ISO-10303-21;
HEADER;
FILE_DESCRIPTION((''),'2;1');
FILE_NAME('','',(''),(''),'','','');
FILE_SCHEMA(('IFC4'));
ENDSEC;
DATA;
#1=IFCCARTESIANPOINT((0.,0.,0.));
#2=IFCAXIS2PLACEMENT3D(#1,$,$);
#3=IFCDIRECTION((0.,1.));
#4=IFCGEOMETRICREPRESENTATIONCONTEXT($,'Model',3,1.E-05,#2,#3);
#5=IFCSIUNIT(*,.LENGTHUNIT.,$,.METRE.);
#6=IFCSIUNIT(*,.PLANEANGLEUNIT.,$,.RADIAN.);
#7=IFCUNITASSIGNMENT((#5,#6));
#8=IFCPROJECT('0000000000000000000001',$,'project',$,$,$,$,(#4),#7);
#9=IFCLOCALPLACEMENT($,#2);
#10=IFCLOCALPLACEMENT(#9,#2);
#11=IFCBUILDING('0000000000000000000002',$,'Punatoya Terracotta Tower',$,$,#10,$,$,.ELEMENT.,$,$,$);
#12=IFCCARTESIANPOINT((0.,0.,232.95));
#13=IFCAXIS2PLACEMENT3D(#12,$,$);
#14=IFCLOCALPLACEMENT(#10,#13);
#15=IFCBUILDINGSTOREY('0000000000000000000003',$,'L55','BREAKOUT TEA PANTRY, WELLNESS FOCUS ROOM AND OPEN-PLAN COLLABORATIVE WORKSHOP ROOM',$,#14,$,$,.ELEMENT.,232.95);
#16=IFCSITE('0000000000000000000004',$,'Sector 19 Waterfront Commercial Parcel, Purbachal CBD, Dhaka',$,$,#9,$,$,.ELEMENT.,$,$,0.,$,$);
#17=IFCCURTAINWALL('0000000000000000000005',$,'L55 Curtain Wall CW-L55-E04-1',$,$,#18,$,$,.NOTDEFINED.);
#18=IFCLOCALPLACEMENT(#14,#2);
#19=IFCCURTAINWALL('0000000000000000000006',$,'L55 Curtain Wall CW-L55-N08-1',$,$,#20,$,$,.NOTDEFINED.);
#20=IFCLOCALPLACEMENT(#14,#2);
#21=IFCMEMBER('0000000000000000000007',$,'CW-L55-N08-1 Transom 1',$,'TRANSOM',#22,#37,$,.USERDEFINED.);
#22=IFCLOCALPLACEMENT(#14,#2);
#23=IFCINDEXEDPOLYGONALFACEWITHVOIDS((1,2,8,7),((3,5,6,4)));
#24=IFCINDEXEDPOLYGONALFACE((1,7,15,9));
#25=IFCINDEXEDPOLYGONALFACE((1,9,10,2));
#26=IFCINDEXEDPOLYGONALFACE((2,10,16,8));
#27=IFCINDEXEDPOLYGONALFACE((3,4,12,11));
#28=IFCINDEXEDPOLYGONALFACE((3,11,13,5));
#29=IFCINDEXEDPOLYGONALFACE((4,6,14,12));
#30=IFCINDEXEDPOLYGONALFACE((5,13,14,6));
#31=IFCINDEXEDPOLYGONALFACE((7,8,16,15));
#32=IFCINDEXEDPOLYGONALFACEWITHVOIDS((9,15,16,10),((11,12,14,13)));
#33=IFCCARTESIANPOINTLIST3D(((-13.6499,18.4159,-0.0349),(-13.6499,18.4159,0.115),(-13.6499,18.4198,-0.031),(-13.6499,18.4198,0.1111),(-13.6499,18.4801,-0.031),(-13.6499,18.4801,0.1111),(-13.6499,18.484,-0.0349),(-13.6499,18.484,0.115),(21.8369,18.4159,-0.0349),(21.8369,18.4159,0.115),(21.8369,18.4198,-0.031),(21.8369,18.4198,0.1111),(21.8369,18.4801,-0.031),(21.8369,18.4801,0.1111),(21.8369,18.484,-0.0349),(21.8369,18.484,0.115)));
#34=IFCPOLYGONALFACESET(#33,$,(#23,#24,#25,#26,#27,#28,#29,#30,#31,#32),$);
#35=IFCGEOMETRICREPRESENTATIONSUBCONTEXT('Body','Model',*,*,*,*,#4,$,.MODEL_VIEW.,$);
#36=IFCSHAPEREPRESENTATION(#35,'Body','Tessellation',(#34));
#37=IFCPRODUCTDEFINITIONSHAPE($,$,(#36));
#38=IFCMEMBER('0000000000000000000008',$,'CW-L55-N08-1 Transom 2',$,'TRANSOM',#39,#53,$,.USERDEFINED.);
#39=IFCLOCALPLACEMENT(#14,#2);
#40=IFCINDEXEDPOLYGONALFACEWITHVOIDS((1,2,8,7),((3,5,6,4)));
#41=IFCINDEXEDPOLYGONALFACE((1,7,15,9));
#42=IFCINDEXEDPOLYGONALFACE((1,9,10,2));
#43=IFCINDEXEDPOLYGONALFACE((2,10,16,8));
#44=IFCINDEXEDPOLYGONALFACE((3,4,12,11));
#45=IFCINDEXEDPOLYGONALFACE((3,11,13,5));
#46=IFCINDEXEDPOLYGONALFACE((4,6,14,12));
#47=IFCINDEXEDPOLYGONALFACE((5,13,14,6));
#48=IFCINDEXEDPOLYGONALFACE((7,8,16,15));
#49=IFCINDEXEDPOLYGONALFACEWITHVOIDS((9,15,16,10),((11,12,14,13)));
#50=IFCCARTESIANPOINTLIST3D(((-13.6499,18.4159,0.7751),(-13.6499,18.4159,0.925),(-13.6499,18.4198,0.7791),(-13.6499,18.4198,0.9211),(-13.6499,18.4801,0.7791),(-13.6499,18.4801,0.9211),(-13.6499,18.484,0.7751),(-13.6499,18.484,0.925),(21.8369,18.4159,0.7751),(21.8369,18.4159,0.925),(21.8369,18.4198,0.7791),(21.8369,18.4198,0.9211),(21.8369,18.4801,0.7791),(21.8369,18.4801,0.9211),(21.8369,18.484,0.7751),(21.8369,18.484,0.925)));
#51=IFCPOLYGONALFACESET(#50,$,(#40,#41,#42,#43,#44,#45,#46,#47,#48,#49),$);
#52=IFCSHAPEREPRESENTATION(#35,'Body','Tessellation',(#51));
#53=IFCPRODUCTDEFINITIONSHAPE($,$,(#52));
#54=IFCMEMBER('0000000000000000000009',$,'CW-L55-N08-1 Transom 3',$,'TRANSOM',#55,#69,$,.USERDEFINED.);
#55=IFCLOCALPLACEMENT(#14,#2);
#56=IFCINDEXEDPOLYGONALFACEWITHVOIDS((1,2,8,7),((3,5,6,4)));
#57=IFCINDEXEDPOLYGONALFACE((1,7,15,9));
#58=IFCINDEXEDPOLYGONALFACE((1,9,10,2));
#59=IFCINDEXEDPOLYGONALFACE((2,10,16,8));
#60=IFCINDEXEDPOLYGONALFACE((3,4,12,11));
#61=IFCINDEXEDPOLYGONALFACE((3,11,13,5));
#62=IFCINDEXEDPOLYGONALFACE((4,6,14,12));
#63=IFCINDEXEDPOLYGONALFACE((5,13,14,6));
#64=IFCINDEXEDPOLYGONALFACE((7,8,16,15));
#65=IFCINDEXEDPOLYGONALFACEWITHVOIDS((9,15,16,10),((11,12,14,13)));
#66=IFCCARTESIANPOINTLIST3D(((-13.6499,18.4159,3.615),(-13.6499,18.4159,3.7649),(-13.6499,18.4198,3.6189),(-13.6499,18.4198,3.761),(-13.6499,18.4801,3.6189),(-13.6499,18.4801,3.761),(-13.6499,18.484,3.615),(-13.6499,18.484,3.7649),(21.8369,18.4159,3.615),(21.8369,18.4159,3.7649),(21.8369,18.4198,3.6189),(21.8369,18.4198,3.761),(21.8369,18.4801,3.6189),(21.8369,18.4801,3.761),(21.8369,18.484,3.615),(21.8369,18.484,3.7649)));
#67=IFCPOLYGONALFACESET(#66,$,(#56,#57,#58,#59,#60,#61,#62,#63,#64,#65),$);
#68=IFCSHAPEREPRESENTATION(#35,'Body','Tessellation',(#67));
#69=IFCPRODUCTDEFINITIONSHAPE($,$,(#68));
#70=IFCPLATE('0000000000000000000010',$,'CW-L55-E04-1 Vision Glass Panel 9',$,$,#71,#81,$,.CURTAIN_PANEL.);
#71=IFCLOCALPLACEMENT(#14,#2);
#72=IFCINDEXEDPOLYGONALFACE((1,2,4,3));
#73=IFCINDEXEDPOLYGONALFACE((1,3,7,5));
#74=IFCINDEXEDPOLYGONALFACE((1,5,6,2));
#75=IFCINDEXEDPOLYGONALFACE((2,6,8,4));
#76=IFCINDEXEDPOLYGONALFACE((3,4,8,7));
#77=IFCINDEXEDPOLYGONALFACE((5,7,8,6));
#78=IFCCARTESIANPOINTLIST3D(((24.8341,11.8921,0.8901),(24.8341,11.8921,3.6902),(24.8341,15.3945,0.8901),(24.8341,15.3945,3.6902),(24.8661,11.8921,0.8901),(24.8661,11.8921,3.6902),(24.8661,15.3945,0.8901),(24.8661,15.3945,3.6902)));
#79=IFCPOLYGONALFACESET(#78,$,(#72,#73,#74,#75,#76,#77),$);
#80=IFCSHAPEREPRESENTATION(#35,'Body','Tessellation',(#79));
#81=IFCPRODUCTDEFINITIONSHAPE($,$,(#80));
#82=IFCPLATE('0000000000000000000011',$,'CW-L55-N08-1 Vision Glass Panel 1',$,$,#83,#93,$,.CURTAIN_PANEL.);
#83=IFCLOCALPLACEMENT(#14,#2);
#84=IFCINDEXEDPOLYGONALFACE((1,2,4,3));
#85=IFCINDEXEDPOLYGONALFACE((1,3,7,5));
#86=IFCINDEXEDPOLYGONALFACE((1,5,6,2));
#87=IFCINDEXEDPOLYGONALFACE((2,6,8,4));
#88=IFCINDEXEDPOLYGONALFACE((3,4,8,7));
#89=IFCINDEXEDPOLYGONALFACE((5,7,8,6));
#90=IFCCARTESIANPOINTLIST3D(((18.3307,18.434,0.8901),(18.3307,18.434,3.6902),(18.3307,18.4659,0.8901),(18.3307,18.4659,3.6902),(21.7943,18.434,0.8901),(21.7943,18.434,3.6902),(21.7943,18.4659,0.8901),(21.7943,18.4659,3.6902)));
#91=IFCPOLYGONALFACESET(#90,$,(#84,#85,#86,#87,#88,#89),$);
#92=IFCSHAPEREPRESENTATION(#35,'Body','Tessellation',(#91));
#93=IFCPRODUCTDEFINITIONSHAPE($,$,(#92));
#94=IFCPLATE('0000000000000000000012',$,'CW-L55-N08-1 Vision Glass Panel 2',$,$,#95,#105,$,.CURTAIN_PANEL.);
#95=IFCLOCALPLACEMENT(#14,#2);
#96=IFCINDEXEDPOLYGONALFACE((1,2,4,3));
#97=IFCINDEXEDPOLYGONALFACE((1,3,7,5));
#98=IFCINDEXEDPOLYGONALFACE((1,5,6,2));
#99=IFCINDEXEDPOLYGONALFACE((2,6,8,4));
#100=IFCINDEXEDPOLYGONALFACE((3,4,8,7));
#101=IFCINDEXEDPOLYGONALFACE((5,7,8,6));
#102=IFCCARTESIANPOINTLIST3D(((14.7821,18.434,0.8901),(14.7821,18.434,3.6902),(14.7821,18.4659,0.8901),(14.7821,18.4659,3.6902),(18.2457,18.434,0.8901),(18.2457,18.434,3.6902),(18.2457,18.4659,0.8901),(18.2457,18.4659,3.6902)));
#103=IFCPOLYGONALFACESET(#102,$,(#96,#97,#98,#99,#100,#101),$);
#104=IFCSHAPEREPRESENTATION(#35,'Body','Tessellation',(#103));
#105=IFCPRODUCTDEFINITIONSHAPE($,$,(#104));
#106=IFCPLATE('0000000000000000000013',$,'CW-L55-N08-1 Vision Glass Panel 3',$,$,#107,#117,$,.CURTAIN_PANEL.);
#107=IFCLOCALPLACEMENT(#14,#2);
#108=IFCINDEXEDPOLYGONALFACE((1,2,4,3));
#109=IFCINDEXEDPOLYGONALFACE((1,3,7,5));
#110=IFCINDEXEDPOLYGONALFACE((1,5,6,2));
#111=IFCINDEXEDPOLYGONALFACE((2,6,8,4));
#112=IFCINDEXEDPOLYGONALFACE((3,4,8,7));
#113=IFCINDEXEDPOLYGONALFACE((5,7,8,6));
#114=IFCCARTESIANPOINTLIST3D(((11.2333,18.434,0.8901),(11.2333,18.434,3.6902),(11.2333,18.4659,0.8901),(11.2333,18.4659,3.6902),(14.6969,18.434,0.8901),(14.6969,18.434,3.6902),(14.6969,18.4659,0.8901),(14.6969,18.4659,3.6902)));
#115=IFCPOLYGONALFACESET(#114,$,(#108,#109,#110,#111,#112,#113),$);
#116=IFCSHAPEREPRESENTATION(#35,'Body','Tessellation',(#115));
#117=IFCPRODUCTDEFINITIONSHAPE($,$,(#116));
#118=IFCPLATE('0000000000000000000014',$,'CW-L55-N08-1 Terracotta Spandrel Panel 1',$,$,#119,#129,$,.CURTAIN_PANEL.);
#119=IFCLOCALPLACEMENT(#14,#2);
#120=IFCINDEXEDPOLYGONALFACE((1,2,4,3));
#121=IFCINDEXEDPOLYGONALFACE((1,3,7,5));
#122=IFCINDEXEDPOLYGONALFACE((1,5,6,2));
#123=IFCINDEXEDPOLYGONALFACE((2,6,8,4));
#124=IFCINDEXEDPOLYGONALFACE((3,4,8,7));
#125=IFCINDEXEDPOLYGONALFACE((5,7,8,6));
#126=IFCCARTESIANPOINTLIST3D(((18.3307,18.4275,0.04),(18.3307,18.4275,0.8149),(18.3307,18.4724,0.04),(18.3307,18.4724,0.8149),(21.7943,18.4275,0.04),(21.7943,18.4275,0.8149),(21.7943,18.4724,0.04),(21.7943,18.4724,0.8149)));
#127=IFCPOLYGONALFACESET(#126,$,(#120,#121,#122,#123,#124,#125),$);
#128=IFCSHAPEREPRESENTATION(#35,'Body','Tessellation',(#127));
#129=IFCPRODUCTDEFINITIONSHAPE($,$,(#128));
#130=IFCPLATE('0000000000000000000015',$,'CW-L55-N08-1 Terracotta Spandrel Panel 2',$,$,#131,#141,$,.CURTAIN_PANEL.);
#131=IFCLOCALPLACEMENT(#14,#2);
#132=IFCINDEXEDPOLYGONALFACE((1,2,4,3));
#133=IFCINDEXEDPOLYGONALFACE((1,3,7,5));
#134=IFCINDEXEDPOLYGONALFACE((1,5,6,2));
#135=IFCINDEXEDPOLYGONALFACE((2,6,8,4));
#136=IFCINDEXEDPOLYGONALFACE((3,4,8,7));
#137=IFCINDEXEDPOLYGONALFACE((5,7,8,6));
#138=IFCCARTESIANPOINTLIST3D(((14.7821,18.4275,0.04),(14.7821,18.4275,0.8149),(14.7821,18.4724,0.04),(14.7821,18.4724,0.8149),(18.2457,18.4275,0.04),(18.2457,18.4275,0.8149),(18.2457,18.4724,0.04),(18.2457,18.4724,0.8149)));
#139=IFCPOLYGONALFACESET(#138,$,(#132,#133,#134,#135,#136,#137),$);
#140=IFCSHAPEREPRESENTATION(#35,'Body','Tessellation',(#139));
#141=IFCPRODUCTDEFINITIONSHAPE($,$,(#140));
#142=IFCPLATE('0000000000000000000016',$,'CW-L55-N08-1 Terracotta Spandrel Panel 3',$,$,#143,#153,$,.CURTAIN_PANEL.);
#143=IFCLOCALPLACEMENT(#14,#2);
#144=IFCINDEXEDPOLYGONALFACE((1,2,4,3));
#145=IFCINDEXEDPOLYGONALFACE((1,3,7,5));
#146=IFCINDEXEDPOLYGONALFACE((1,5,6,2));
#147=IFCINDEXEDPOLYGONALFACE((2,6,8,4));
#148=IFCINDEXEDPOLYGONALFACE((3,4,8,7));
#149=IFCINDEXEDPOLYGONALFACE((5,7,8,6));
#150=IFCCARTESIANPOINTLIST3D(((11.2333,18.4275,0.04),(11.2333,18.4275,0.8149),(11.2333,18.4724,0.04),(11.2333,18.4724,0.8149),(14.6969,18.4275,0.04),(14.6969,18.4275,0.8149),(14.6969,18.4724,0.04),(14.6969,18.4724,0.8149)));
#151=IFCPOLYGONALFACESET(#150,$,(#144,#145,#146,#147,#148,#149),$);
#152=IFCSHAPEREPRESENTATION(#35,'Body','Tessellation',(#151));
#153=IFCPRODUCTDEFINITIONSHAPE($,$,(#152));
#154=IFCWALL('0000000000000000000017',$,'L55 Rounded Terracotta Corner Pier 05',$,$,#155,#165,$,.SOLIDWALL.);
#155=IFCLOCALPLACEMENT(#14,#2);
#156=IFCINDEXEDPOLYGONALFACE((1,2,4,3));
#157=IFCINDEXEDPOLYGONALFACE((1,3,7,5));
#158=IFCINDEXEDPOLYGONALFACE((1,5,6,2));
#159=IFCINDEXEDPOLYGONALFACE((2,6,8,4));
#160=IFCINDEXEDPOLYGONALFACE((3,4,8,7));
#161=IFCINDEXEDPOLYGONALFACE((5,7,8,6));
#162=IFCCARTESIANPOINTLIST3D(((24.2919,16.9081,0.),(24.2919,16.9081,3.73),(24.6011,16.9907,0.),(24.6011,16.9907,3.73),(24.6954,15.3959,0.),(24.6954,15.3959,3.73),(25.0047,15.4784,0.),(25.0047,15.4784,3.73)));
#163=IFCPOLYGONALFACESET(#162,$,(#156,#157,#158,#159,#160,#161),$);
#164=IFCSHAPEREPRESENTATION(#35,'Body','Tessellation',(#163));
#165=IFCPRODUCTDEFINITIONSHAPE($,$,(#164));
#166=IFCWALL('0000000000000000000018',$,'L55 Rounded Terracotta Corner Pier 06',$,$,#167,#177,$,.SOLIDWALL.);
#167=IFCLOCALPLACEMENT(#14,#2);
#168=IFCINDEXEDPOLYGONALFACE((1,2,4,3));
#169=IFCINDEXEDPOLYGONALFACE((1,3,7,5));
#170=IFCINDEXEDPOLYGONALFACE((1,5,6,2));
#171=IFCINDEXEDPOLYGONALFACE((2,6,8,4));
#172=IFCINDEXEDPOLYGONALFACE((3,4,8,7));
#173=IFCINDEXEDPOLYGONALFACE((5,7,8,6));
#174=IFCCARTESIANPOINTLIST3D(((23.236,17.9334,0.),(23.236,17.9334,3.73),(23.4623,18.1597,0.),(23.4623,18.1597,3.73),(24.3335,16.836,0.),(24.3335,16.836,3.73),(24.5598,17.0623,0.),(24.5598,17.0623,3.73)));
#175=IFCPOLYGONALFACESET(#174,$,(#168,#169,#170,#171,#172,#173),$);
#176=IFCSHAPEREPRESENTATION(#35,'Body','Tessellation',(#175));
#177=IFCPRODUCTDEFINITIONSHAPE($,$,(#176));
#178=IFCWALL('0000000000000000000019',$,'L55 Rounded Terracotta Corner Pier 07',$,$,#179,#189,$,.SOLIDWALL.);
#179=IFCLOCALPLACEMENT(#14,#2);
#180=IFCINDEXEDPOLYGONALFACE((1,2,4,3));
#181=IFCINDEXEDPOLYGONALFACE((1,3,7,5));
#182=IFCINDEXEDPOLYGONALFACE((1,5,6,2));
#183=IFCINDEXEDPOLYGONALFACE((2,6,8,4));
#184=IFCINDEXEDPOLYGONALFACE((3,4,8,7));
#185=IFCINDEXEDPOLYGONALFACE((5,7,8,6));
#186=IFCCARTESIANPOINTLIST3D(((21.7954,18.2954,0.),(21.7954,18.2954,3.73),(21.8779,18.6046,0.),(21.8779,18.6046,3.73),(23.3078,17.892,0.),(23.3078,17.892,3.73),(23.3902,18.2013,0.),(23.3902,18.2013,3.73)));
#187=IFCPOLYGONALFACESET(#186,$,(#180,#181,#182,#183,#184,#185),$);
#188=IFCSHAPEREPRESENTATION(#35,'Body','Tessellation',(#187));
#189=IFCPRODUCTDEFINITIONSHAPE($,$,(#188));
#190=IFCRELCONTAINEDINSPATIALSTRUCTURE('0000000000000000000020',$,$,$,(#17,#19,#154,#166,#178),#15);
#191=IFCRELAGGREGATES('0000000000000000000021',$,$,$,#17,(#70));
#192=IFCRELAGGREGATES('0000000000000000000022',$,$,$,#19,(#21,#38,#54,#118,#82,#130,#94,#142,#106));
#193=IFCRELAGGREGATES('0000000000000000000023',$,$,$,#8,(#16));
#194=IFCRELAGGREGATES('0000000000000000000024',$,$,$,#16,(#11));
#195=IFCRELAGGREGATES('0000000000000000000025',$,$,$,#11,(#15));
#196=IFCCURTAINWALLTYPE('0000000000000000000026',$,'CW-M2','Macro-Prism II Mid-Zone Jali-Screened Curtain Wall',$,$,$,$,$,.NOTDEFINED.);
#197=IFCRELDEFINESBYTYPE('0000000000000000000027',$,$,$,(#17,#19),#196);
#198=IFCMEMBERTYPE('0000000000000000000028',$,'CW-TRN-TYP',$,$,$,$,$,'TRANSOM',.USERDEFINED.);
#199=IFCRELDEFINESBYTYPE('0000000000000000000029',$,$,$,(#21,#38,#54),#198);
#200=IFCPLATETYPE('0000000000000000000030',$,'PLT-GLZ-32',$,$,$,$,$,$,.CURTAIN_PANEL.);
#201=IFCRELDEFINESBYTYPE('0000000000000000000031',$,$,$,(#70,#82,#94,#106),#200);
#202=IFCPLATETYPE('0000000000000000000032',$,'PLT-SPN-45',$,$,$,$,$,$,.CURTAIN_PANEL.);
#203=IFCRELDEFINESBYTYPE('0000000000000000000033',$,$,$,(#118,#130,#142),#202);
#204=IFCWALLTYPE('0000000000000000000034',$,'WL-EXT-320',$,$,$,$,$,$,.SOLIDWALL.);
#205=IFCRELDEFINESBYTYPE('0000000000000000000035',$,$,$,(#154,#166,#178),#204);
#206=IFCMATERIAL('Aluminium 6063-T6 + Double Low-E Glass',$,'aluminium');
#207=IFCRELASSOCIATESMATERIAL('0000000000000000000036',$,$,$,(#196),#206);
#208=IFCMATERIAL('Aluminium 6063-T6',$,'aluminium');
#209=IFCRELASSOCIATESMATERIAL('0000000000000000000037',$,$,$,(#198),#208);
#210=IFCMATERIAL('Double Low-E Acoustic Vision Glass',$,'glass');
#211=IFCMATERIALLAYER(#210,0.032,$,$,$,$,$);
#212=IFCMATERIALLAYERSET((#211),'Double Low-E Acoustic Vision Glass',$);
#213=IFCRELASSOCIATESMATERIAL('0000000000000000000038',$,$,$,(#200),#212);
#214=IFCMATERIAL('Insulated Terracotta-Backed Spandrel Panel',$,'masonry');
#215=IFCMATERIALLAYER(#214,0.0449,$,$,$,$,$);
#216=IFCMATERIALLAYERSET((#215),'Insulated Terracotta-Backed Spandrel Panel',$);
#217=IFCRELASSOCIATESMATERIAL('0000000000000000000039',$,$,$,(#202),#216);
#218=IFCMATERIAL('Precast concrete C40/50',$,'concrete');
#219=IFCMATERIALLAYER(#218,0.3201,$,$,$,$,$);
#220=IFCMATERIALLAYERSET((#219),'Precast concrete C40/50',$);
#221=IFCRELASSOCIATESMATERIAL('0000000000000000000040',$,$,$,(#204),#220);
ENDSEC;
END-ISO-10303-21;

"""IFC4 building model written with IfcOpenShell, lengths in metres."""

from ifc_helpers import new_model, si_unit, direction, frame, frame_2d, origin, origin_2d, place, context, subcontext, project, spatial, rectangle, hollow_rectangle, extrude, material, layer, layer_set, material_profile, profile_set, type_object, element, aggregate, save


model = new_model("IFC4")

# Units and contexts
model_context = context("Model", 3, precision=1e-05, world=origin(), true_north=direction((0.0, 1.0)))
body_context = subcontext(model_context, "Body", "Model", "MODEL_VIEW")
ifc_project = project(units=[si_unit("LENGTHUNIT", "METRE"), si_unit("PLANEANGLEUNIT", "RADIAN")], contexts=[model_context])

# Site, building, storey
site_placement = place(None, origin())
site = spatial("IfcSite", under=ifc_project, at=site_placement, Name="Sector 19 Waterfront Commercial Parcel, Purbachal CBD, Dhaka", CompositionType="ELEMENT", RefElevation=0.0)
building_placement = place(site_placement, origin())
building = spatial("IfcBuilding", under=site, at=building_placement, Name="Punatoya Terracotta Tower", CompositionType="ELEMENT")
storey_placement = place(building_placement, frame((0.0, 0.0, 232.95)))
storey = spatial("IfcBuildingStorey", under=building, at=storey_placement, Name="L55", Description="BREAKOUT TEA PANTRY, WELLNESS FOCUS ROOM AND OPEN-PLAN COLLABORATIVE WORKSHOP ROOM", CompositionType="ELEMENT", Elevation=232.95)

# Curtain wall
ifc_material_1 = material(Name="Aluminium 6063-T6 + Double Low-E Glass", Category="aluminium")
curtain_wall_type = type_object("IfcCurtainWallType", Name="CW-M2", Description="Macro-Prism II Mid-Zone Jali-Screened Curtain Wall", PredefinedType="NOTDEFINED", material=ifc_material_1)
curtain_wall_1_placement = place(storey_placement, origin())
curtain_wall_1 = element("IfcCurtainWall", 1, at=curtain_wall_1_placement, inside=storey, type_object=curtain_wall_type, Name="L55 Curtain Wall CW-L55-E04-1", PredefinedType="NOTDEFINED")
ifc_material_2 = material(Name="Aluminium 6063-T6", Category="aluminium")

# Curtain wall, members
curtain_wall_2_placement = place(storey_placement, origin())
curtain_wall_2 = element("IfcCurtainWall", 2, at=curtain_wall_2_placement, inside=storey, type_object=curtain_wall_type, Name="L55 Curtain Wall CW-L55-N08-1", PredefinedType="NOTDEFINED")
ifc_material_profile_1 = material_profile(ifc_material_2, hollow_rectangle(XDim=0.0681, YDim=0.1499, WallThickness=0.0039, at=origin_2d()))
ifc_profile_set_1 = profile_set([ifc_material_profile_1], Name="Aluminium 6063-T6")
member_type_1 = type_object("IfcMemberType", Name="CW-TRN-TYP", ElementType="TRANSOM", PredefinedType="USERDEFINED", material=ifc_profile_set_1)
member_1_placement = place(storey_placement, frame((21.8369, 18.45, 0.04), z_axis=(-1.0, 0.0, 0.0), x_axis=(0.0, -1.0, 0.0)))
member_1 = element("IfcMember", 3, at=member_1_placement, type_object=member_type_1, Name="CW-L55-N08-1 Transom 1", ObjectType="TRANSOM", PredefinedType="USERDEFINED", context=body_context, shape_type="SweptSolid", body=[
    extrude(hollow_rectangle(XDim=0.0681, YDim=0.1499, WallThickness=0.0039, at=origin_2d()), origin(), (0.0, 0.0, 1.0), 35.4868),
])
member_2_placement = place(storey_placement, frame((21.8369, 18.45, 0.8501), z_axis=(-1.0, 0.0, 0.0), x_axis=(0.0, -1.0, 0.0)))
member_2 = element("IfcMember", 4, at=member_2_placement, type_object=member_type_1, Name="CW-L55-N08-1 Transom 2", ObjectType="TRANSOM", PredefinedType="USERDEFINED", context=body_context, shape_type="SweptSolid", body=[
    extrude(hollow_rectangle(XDim=0.0681, YDim=0.1499, WallThickness=0.0039, at=origin_2d()), origin(), (0.0, 0.0, 1.0), 35.4868),
])
member_3_placement = place(storey_placement, frame((21.8369, 18.45, 3.6899), z_axis=(-1.0, 0.0, 0.0), x_axis=(0.0, -1.0, 0.0)))
member_3 = element("IfcMember", 5, at=member_3_placement, type_object=member_type_1, Name="CW-L55-N08-1 Transom 3", ObjectType="TRANSOM", PredefinedType="USERDEFINED", context=body_context, shape_type="SweptSolid", body=[
    extrude(hollow_rectangle(XDim=0.0681, YDim=0.1499, WallThickness=0.0039, at=origin_2d()), origin(), (0.0, 0.0, 1.0), 35.4868),
])

# Plates
ifc_material_3 = material(Name="Double Low-E Acoustic Vision Glass", Category="glass")
ifc_layer_1 = layer(ifc_material_3, 0.032)
ifc_layer_set_1 = layer_set([ifc_layer_1], Name="Double Low-E Acoustic Vision Glass")
plate_type_1 = type_object("IfcPlateType", Name="PLT-GLZ-32", PredefinedType="CURTAIN_PANEL", material=ifc_layer_set_1)
plate_1_placement = place(storey_placement, frame((24.8501, 13.6433, 0.8901), z_axis=(0.0, 0.0, 1.0), x_axis=(0.0, 1.0, 0.0)))
plate_1 = element("IfcPlate", 6, at=plate_1_placement, type_object=plate_type_1, Name="CW-L55-E04-1 Vision Glass Panel 9", PredefinedType="CURTAIN_PANEL", context=body_context, shape_type="SweptSolid", body=[
    extrude(rectangle(XDim=3.5024, YDim=0.032, at=origin_2d()), origin(), (0.0, 0.0, 1.0), 2.8),
])
aggregate(curtain_wall_1, [plate_1])
plate_2_placement = place(storey_placement, frame((20.0625, 18.45, 0.8901), z_axis=(0.0, 0.0, 1.0), x_axis=(-1.0, 0.0, 0.0)))
plate_2 = element("IfcPlate", 7, at=plate_2_placement, type_object=plate_type_1, Name="CW-L55-N08-1 Vision Glass Panel 1", PredefinedType="CURTAIN_PANEL", context=body_context, shape_type="SweptSolid", body=[
    extrude(rectangle(XDim=3.4636, YDim=0.032, at=origin_2d()), origin(), (0.0, 0.0, 1.0), 2.8),
])
plate_3_placement = place(storey_placement, frame((16.5139, 18.45, 0.8901), z_axis=(0.0, 0.0, 1.0), x_axis=(-1.0, 0.0, 0.0)))
plate_3 = element("IfcPlate", 8, at=plate_3_placement, type_object=plate_type_1, Name="CW-L55-N08-1 Vision Glass Panel 2", PredefinedType="CURTAIN_PANEL", context=body_context, shape_type="SweptSolid", body=[
    extrude(rectangle(XDim=3.4636, YDim=0.032, at=origin_2d()), origin(), (0.0, 0.0, 1.0), 2.8),
])
plate_4_placement = place(storey_placement, frame((12.9651, 18.45, 0.8901), z_axis=(0.0, 0.0, 1.0), x_axis=(-1.0, 0.0, 0.0)))
plate_4 = element("IfcPlate", 9, at=plate_4_placement, type_object=plate_type_1, Name="CW-L55-N08-1 Vision Glass Panel 3", PredefinedType="CURTAIN_PANEL", context=body_context, shape_type="SweptSolid", body=[
    extrude(rectangle(XDim=3.4636, YDim=0.032, at=origin_2d()), origin(), (0.0, 0.0, 1.0), 2.8),
])
ifc_material_4 = material(Name="Insulated Terracotta-Backed Spandrel Panel", Category="masonry")
ifc_layer_2 = layer(ifc_material_4, 0.0449)
ifc_layer_set_2 = layer_set([ifc_layer_2], Name="Insulated Terracotta-Backed Spandrel Panel")
plate_type_2 = type_object("IfcPlateType", Name="PLT-SPN-45", PredefinedType="CURTAIN_PANEL", material=ifc_layer_set_2)
plate_5_placement = place(storey_placement, frame((20.0625, 18.45, 0.04), z_axis=(0.0, 0.0, 1.0), x_axis=(-1.0, 0.0, 0.0)))
plate_5 = element("IfcPlate", 10, at=plate_5_placement, type_object=plate_type_2, Name="CW-L55-N08-1 Terracotta Spandrel Panel 1", PredefinedType="CURTAIN_PANEL", context=body_context, shape_type="SweptSolid", body=[
    extrude(rectangle(XDim=3.4636, YDim=0.0449, at=origin_2d()), origin(), (0.0, 0.0, 1.0), 0.7749),
])
plate_6_placement = place(storey_placement, frame((16.5139, 18.45, 0.04), z_axis=(0.0, 0.0, 1.0), x_axis=(-1.0, 0.0, 0.0)))
plate_6 = element("IfcPlate", 11, at=plate_6_placement, type_object=plate_type_2, Name="CW-L55-N08-1 Terracotta Spandrel Panel 2", PredefinedType="CURTAIN_PANEL", context=body_context, shape_type="SweptSolid", body=[
    extrude(rectangle(XDim=3.4636, YDim=0.0449, at=origin_2d()), origin(), (0.0, 0.0, 1.0), 0.7749),
])
plate_7_placement = place(storey_placement, frame((12.9651, 18.45, 0.04), z_axis=(0.0, 0.0, 1.0), x_axis=(-1.0, 0.0, 0.0)))
plate_7 = element("IfcPlate", 12, at=plate_7_placement, type_object=plate_type_2, Name="CW-L55-N08-1 Terracotta Spandrel Panel 3", PredefinedType="CURTAIN_PANEL", context=body_context, shape_type="SweptSolid", body=[
    extrude(rectangle(XDim=3.4636, YDim=0.0449, at=origin_2d()), origin(), (0.0, 0.0, 1.0), 0.7749),
])
aggregate(curtain_wall_2, [member_1, member_2, member_3, plate_5, plate_2, plate_6, plate_3, plate_7, plate_4])

# Walls
ifc_material_5 = material(Name="Precast concrete C40/50", Category="concrete")
ifc_layer_3 = layer(ifc_material_5, 0.3201)
ifc_layer_set_3 = layer_set([ifc_layer_3], Name="Precast concrete C40/50")
wall_type = type_object("IfcWallType", Name="WL-EXT-320", PredefinedType="SOLIDWALL", material=ifc_layer_set_3)
wall_1_placement = place(storey_placement, frame((24.8501, 15.437, 0.0), z_axis=(0.0, 0.0, 1.0), x_axis=(-0.257847, 0.966186, 0.0)))
element("IfcWall", 13, at=wall_1_placement, inside=storey, type_object=wall_type, Name="L55 Rounded Terracotta Corner Pier 05", PredefinedType="SOLIDWALL", context=body_context, shape_type="SweptSolid", body=[
    extrude(rectangle(XDim=1.5652, YDim=0.3201, at=frame_2d((0.7827, 0.0))), origin(), (0.0, 0.0, 1.0), 3.73),
])
wall_2_placement = place(storey_placement, frame((24.4465, 16.9492, 0.0), z_axis=(0.0, 0.0, 1.0), x_axis=(-0.707107, 0.707107, 0.0)))
element("IfcWall", 14, at=wall_2_placement, inside=storey, type_object=wall_type, Name="L55 Rounded Terracotta Corner Pier 06", PredefinedType="SOLIDWALL", context=body_context, shape_type="SweptSolid", body=[
    extrude(rectangle(XDim=1.552, YDim=0.3201, at=frame_2d((0.7759, 0.0))), origin(), (0.0, 0.0, 1.0), 3.73),
])
wall_3_placement = place(storey_placement, frame((23.3491, 18.0466, 0.0), z_axis=(0.0, 0.0, 1.0), x_axis=(-0.966225, 0.257701, 0.0)))
element("IfcWall", 15, at=wall_3_placement, inside=storey, type_object=wall_type, Name="L55 Rounded Terracotta Corner Pier 07", PredefinedType="SOLIDWALL", context=body_context, shape_type="SweptSolid", body=[
    extrude(rectangle(XDim=1.5652, YDim=0.3201, at=frame_2d((0.7827, 0.0))), origin(), (0.0, 0.0, 1.0), 3.73),
])

save(model, "model.ifc")
